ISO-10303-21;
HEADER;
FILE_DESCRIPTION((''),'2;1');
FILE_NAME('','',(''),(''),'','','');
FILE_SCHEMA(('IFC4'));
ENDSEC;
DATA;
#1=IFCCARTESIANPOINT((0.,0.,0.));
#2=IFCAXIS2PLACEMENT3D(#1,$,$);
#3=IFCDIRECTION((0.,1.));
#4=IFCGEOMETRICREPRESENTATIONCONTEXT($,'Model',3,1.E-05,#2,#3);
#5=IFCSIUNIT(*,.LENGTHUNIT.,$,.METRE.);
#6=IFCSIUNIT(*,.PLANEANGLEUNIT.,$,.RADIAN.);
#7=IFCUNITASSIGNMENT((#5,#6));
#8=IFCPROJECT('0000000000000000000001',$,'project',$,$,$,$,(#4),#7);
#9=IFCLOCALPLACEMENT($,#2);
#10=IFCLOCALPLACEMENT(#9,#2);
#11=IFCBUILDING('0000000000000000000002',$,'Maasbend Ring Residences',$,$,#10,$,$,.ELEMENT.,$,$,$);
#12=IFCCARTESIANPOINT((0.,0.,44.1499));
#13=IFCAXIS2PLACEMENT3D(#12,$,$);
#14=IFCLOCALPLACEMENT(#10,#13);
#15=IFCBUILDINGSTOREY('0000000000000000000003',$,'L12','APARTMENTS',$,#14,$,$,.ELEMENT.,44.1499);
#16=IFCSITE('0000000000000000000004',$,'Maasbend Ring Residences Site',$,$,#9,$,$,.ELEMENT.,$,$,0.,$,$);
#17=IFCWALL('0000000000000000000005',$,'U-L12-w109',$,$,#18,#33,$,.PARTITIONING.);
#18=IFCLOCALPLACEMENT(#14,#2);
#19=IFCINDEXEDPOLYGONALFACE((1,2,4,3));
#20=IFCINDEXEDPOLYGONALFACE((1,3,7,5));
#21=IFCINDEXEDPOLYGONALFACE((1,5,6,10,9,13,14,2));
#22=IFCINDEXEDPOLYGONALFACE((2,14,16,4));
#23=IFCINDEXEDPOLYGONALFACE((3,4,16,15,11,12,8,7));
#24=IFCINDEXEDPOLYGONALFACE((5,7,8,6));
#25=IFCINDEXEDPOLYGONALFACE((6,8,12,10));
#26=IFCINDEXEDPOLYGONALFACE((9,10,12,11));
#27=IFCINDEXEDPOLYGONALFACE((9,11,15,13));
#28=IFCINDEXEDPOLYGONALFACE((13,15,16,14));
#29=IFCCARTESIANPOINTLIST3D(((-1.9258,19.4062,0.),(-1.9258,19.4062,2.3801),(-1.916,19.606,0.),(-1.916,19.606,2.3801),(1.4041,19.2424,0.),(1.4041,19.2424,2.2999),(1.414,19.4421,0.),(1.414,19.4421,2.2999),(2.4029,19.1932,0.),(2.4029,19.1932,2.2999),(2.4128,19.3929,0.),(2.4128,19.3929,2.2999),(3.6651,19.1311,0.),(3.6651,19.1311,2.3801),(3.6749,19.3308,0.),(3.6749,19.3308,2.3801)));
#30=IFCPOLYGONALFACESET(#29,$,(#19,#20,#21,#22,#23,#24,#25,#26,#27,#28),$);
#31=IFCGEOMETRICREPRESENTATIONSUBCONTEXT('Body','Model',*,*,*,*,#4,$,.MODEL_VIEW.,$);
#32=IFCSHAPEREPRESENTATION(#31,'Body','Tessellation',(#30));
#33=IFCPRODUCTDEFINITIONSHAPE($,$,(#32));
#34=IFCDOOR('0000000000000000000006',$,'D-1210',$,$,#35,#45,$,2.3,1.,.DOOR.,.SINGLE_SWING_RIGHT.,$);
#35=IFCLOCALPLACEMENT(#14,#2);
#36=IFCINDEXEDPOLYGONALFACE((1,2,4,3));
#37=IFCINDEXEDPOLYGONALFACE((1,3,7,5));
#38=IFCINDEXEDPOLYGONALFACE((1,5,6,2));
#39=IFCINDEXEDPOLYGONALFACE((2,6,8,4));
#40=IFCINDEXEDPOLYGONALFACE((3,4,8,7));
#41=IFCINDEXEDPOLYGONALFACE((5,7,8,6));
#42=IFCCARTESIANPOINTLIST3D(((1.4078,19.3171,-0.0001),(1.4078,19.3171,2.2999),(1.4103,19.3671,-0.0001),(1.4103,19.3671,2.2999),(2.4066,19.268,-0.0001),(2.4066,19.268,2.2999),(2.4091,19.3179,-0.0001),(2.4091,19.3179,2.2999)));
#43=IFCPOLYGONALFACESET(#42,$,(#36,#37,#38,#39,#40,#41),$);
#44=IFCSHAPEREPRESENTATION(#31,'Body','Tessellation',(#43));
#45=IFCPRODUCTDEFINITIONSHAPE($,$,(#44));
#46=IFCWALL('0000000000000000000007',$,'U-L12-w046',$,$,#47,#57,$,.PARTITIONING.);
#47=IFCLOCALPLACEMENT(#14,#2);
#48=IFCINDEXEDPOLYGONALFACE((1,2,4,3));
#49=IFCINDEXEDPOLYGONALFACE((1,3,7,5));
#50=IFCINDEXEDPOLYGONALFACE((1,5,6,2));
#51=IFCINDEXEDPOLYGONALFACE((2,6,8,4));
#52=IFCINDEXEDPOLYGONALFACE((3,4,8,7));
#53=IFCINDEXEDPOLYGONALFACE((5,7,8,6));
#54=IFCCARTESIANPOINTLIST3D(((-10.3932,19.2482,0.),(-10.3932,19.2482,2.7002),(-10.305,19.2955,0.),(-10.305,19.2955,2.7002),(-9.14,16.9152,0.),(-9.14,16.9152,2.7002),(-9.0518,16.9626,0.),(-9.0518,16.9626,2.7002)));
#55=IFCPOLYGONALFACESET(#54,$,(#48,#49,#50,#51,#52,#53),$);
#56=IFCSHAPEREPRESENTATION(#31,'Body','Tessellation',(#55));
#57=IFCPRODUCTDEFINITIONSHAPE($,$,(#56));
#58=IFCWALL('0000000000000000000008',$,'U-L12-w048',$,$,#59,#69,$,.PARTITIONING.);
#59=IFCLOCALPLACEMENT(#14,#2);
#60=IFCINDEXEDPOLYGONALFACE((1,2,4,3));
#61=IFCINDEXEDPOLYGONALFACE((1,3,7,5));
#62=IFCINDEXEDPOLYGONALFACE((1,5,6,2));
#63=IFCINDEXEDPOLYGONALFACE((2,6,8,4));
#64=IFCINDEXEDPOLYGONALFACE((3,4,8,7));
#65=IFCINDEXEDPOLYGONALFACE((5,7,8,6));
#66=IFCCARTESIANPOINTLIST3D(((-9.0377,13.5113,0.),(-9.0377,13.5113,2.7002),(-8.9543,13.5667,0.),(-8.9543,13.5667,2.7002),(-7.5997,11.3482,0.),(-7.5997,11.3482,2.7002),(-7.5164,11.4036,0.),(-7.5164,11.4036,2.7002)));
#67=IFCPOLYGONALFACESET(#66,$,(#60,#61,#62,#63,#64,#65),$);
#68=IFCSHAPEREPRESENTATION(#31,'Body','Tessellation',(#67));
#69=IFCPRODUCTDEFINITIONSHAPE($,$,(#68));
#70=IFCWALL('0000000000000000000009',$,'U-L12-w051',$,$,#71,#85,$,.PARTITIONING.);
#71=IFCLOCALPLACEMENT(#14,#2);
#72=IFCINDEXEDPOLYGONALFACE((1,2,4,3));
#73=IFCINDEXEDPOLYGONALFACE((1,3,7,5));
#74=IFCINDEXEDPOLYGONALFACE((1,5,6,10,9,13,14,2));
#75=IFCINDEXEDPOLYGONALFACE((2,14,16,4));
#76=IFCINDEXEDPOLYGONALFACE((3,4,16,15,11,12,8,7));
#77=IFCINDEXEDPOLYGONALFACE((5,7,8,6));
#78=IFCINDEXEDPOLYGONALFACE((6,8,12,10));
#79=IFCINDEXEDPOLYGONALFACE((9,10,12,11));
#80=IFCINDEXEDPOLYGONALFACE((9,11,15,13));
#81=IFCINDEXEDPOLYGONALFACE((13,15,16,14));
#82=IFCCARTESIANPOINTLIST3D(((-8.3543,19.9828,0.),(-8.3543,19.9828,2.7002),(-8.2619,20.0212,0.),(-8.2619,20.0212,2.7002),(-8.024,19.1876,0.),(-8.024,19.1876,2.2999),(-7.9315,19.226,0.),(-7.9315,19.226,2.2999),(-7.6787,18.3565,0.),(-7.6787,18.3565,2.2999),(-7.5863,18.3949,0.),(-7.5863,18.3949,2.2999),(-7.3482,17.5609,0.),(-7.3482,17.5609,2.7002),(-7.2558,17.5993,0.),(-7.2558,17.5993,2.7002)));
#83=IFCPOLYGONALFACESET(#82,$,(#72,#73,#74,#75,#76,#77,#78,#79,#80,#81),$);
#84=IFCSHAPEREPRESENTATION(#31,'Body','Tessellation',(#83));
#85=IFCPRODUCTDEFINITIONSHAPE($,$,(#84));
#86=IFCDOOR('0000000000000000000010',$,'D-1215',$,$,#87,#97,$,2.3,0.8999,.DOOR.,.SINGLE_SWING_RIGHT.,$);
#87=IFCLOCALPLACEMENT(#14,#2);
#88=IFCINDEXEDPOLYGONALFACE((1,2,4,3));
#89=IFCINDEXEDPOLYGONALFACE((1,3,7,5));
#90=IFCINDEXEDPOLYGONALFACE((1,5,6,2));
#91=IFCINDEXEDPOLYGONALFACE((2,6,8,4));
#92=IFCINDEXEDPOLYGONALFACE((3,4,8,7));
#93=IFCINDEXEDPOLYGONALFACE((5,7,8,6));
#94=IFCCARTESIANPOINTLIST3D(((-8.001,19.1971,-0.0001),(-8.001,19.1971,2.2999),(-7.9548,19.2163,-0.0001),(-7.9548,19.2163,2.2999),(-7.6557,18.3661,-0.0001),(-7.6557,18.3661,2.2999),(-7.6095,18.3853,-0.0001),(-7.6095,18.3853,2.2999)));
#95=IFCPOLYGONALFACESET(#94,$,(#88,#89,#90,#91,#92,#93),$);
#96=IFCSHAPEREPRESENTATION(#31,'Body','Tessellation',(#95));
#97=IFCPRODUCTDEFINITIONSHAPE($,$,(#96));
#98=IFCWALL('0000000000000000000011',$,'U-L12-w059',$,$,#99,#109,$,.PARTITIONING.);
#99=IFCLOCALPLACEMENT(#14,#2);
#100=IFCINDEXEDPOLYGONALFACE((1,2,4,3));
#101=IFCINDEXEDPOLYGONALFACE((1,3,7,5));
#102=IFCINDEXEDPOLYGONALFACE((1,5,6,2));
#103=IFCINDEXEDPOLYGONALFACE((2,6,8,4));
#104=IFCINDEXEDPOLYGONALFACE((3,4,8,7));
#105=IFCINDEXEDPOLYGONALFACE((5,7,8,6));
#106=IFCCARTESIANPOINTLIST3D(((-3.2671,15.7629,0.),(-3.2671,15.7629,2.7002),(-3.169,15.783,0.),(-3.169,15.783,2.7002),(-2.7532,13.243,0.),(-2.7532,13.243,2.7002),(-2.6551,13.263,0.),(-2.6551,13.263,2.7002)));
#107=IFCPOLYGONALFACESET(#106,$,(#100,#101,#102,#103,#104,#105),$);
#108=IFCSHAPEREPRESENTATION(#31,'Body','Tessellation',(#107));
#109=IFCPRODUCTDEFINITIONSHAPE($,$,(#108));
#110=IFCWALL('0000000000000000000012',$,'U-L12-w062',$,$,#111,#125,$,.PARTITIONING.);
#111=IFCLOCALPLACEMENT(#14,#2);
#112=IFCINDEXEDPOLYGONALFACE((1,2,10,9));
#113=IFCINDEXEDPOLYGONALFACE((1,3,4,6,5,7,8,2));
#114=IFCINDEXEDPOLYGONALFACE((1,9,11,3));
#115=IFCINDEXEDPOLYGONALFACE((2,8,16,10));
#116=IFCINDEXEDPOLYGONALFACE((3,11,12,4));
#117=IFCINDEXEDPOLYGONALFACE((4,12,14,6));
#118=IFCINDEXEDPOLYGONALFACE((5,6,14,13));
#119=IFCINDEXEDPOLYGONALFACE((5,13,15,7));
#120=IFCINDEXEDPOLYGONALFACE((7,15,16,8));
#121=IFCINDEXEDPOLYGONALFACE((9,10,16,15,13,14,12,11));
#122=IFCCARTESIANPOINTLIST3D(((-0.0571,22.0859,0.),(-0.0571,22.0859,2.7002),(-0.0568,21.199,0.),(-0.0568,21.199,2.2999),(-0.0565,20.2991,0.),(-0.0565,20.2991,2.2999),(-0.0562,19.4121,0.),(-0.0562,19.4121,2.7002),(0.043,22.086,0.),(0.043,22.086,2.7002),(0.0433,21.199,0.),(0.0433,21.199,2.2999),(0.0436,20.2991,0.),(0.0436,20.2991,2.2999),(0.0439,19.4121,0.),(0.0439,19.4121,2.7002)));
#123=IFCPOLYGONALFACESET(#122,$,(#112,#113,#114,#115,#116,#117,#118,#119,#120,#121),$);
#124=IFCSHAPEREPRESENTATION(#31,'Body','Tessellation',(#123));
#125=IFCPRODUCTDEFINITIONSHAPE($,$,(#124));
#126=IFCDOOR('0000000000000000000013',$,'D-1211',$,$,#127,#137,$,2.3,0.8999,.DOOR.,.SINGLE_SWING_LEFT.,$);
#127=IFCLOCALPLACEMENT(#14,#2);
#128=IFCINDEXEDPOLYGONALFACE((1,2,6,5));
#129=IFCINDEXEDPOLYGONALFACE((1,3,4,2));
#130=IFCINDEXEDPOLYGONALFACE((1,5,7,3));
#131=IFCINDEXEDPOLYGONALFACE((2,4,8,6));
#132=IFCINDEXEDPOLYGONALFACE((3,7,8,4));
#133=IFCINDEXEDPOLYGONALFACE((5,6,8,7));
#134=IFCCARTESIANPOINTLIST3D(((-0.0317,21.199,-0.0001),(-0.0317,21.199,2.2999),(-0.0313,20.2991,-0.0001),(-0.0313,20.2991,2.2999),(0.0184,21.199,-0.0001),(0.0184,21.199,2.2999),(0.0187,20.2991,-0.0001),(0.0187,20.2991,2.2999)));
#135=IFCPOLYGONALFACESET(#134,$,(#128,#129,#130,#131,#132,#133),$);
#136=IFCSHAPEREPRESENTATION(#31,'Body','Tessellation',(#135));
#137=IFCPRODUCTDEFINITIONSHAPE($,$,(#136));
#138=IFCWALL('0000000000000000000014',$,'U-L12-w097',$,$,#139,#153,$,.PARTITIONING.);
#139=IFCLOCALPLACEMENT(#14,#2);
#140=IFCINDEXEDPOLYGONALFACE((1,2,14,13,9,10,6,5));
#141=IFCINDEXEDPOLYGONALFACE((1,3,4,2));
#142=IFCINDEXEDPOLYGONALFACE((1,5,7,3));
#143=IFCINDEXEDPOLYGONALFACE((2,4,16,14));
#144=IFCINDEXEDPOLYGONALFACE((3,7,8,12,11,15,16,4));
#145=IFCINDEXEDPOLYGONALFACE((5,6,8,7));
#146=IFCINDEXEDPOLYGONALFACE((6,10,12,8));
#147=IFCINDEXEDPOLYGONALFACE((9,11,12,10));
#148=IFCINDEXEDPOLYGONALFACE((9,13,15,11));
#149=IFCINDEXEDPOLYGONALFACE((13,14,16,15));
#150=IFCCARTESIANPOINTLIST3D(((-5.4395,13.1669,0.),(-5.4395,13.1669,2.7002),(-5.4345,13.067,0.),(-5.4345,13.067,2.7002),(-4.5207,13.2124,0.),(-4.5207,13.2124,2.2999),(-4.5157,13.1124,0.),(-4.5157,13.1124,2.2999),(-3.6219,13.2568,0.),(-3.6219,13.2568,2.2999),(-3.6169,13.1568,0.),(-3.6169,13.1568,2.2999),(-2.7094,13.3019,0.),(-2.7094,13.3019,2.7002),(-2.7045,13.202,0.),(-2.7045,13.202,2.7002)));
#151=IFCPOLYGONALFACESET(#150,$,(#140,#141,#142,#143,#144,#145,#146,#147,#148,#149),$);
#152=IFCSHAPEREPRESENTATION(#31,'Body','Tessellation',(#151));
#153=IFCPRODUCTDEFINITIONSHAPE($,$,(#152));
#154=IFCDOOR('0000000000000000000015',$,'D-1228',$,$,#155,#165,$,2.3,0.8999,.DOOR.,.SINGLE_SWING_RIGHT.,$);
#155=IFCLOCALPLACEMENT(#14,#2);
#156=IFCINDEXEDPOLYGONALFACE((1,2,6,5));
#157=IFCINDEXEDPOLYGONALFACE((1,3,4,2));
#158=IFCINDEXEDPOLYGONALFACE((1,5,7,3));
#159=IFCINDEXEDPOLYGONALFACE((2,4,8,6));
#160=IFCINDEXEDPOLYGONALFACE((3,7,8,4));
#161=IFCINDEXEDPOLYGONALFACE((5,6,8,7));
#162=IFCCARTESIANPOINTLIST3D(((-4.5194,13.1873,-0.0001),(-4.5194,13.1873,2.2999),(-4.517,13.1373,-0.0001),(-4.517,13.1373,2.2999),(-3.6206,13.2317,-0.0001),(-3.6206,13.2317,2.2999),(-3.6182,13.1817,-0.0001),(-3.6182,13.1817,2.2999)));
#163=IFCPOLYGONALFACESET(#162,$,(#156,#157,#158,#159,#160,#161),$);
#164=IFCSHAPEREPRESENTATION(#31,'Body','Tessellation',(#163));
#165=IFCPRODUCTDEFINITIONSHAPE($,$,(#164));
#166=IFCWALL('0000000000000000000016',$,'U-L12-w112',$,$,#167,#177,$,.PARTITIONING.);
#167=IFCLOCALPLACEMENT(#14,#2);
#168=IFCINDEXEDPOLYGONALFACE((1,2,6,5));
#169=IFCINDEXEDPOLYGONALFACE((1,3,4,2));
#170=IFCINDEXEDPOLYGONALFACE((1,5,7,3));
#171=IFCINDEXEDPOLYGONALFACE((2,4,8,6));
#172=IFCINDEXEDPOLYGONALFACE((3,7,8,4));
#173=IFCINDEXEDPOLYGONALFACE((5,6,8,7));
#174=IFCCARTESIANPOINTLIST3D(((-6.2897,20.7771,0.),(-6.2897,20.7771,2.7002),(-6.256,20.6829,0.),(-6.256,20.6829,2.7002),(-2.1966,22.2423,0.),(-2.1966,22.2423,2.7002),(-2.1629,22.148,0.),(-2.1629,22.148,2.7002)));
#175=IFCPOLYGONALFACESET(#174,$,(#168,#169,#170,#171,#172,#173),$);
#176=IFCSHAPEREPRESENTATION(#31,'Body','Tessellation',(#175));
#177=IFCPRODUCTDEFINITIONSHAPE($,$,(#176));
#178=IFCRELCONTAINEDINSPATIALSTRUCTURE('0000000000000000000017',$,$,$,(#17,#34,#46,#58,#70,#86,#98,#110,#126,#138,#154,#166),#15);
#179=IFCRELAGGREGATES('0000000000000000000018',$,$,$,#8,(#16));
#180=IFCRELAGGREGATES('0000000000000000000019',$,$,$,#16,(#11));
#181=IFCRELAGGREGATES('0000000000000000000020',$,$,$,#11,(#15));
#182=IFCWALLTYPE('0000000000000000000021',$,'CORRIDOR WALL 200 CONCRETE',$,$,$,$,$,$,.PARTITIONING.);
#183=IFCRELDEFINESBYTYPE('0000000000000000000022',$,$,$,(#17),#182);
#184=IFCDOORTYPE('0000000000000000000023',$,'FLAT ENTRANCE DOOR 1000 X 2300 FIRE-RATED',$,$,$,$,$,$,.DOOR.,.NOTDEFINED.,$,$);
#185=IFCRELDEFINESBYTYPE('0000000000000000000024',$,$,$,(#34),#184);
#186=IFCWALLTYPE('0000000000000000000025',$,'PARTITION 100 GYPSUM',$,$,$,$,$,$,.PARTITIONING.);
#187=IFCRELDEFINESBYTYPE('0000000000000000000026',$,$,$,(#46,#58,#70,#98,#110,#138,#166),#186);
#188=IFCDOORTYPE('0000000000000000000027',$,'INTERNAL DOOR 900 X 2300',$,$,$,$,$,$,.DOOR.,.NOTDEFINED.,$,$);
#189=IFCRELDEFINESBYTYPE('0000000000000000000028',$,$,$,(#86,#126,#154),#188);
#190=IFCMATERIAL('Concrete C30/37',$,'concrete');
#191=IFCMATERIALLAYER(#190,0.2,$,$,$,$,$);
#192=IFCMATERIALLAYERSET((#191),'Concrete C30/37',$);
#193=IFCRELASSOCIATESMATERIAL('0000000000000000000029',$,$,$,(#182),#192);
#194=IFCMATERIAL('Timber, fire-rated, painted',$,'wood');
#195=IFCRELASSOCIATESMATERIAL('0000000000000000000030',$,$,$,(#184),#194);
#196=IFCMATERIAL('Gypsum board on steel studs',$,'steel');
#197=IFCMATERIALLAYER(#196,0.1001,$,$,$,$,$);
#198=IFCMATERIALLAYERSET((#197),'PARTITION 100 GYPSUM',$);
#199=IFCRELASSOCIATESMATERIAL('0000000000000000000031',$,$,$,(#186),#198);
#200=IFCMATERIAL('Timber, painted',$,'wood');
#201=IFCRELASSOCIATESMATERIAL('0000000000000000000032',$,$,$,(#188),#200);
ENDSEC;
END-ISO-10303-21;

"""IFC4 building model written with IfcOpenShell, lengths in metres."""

from ifc_helpers import new_model, si_unit, direction, frame, frame_2d, origin, place, context, subcontext, project, spatial, rectangle, extrude, material, layer, layer_set, type_object, element, fill, save


model = new_model("IFC4")

# Units and contexts
model_context = context("Model", 3, precision=1e-05, world=origin(), true_north=direction((0.0, 1.0)))
body_context = subcontext(model_context, "Body", "Model", "MODEL_VIEW")
ifc_project = project(units=[si_unit("LENGTHUNIT", "METRE"), si_unit("PLANEANGLEUNIT", "RADIAN")], contexts=[model_context])

# Site, building, storey
site_placement = place(None, origin())
site = spatial("IfcSite", under=ifc_project, at=site_placement, Name="Maasbend Ring Residences Site", CompositionType="ELEMENT", RefElevation=0.0)
building_placement = place(site_placement, origin())
building = spatial("IfcBuilding", under=site, at=building_placement, Name="Maasbend Ring Residences", CompositionType="ELEMENT")
storey_placement = place(building_placement, frame((0.0, 0.0, 44.1499)))
storey = spatial("IfcBuildingStorey", under=building, at=storey_placement, Name="L12", Description="APARTMENTS", CompositionType="ELEMENT", Elevation=44.1499)

# Wall, opening, door
ifc_material_1 = material(Name="Concrete C30/37", Category="concrete")
ifc_layer_1 = layer(ifc_material_1, 0.2)
ifc_layer_set_1 = layer_set([ifc_layer_1], Name="Concrete C30/37")
wall_type_1 = type_object("IfcWallType", Name="CORRIDOR WALL 200 CONCRETE", PredefinedType="PARTITIONING", material=ifc_layer_set_1)
ifc_material_2 = material(Name="Timber, fire-rated, painted", Category="wood")
door_type_1 = type_object("IfcDoorType", Name="FLAT ENTRANCE DOOR 1000 X 2300 FIRE-RATED", OperationType="NOTDEFINED", PredefinedType="DOOR", material=ifc_material_2)
wall_1_placement = place(storey_placement, frame((-1.9209, 19.5061, 0.0), z_axis=(0.0, 0.0, 1.0), x_axis=(0.998791, -0.049154, 0.0)))
wall_1 = element("IfcWall", 1, at=wall_1_placement, inside=storey, type_object=wall_type_1, Name="U-L12-w109", PredefinedType="PARTITIONING", context=body_context, shape_type="SweptSolid", body=[
    extrude(rectangle(XDim=5.5977, YDim=0.2, at=frame_2d((2.7988, 0.0))), origin(), (0.0, 0.0, 1.0), 2.3801),
])
opening_1_placement = place(wall_1_placement, frame((3.334, 0.0, 0.0)))
opening_1 = element("IfcOpeningElement", 2, at=opening_1_placement, cuts=wall_1, PredefinedType="OPENING", context=body_context, shape_type="SweptSolid", body=[
    extrude(rectangle(XDim=1.0, YDim=2.3, at=frame_2d((0.5, 1.1499))), frame((0.0, 0.1099, 0.0), z_axis=(0.0, -1.0, 0.0), x_axis=(1.0, 0.0, 0.0)), (0.0, 0.0, 1.0), 0.22),
])
door_1_placement = place(opening_1_placement, origin())
door_1 = element("IfcDoor", 3, at=door_1_placement, inside=storey, type_object=door_type_1, Name="D-1210", OperationType="SINGLE_SWING_RIGHT", OverallHeight=2.3, OverallWidth=1.0, PredefinedType="DOOR", context=body_context, shape_type="SweptSolid", body=[
    extrude(rectangle(XDim=1.0, YDim=2.3, at=frame_2d((0.5, 1.1499))), frame((0.0, 0.0249, 0.0), z_axis=(0.0, -1.0, 0.0), x_axis=(1.0, 0.0, 0.0)), (0.0, 0.0, 1.0), 0.05),
])
fill(opening_1, door_1)

# Walls
ifc_material_3 = material(Name="Gypsum board on steel studs", Category="steel")
ifc_layer_2 = layer(ifc_material_3, 0.1001)
ifc_layer_set_2 = layer_set([ifc_layer_2], Name="PARTITION 100 GYPSUM")
wall_type_2 = type_object("IfcWallType", Name="PARTITION 100 GYPSUM", PredefinedType="PARTITIONING", material=ifc_layer_set_2)
wall_2_placement = place(storey_placement, frame((-10.3491, 19.272, 0.0), z_axis=(0.0, 0.0, 1.0), x_axis=(0.473203, -0.880953, 0.0)))
element("IfcWall", 4, at=wall_2_placement, inside=storey, type_object=wall_type_2, Name="U-L12-w046", PredefinedType="PARTITIONING", context=body_context, shape_type="SweptSolid", body=[
    extrude(rectangle(XDim=2.6482, YDim=0.1001, at=frame_2d((1.3242, 0.0))), origin(), (0.0, 0.0, 1.0), 2.7002),
])
wall_3_placement = place(storey_placement, frame((-8.9961, 13.5391, 0.0), z_axis=(0.0, 0.0, 1.0), x_axis=(0.553615, -0.832773, 0.0)))
element("IfcWall", 5, at=wall_3_placement, inside=storey, type_object=wall_type_2, Name="U-L12-w048", PredefinedType="PARTITIONING", context=body_context, shape_type="SweptSolid", body=[
    extrude(rectangle(XDim=2.5974, YDim=0.1001, at=frame_2d((1.2988, 0.0))), origin(), (0.0, 0.0, 1.0), 2.7002),
])

# Wall, opening, door
wall_4_placement = place(storey_placement, frame((-8.3081, 20.002, 0.0), z_axis=(0.0, 0.0, 1.0), x_axis=(0.383637, -0.923484, 0.0)))
wall_4 = element("IfcWall", 6, at=wall_4_placement, inside=storey, type_object=wall_type_2, Name="U-L12-w051", PredefinedType="PARTITIONING", context=body_context, shape_type="SweptSolid", body=[
    extrude(rectangle(XDim=2.6226, YDim=0.1001, at=frame_2d((1.3113, 0.0))), origin(), (0.0, 0.0, 1.0), 2.7002),
])
opening_2_placement = place(wall_4_placement, frame((0.8611, 0.0, 0.0)))
opening_2 = element("IfcOpeningElement", 7, at=opening_2_placement, cuts=wall_4, PredefinedType="OPENING", context=body_context, shape_type="SweptSolid", body=[
    extrude(rectangle(XDim=0.8999, YDim=2.3, at=frame_2d((0.45, 1.1499))), frame((0.0, 0.0601, 0.0), z_axis=(0.0, -1.0, 0.0), x_axis=(1.0, 0.0, 0.0)), (0.0, 0.0, 1.0), 0.1201),
])
ifc_material_4 = material(Name="Timber, painted", Category="wood")
door_type_2 = type_object("IfcDoorType", Name="INTERNAL DOOR 900 X 2300", OperationType="NOTDEFINED", PredefinedType="DOOR", material=ifc_material_4)
door_2_placement = place(opening_2_placement, origin())
door_2 = element("IfcDoor", 8, at=door_2_placement, inside=storey, type_object=door_type_2, Name="D-1215", OperationType="SINGLE_SWING_RIGHT", OverallHeight=2.3, OverallWidth=0.8999, PredefinedType="DOOR", context=body_context, shape_type="SweptSolid", body=[
    extrude(rectangle(XDim=0.8999, YDim=2.3, at=frame_2d((0.45, 1.1499))), frame((0.0, 0.0249, 0.0), z_axis=(0.0, -1.0, 0.0), x_axis=(1.0, 0.0, 0.0)), (0.0, 0.0, 1.0), 0.05),
])
fill(opening_2, door_2)

# Wall
wall_5_placement = place(storey_placement, frame((-3.218, 15.7729, 0.0), z_axis=(0.0, 0.0, 1.0), x_axis=(0.199821, -0.979833, 0.0)))
element("IfcWall", 9, at=wall_5_placement, inside=storey, type_object=wall_type_2, Name="U-L12-w059", PredefinedType="PARTITIONING", context=body_context, shape_type="SweptSolid", body=[
    extrude(rectangle(XDim=2.5718, YDim=0.1001, at=frame_2d((1.2859, 0.0))), origin(), (0.0, 0.0, 1.0), 2.7002),
])

# Walls, openings, doors
wall_6_placement = place(storey_placement, frame((-0.0061, 19.4121, 0.0), z_axis=(0.0, 0.0, 1.0), x_axis=(-0.000365, 1.0, 0.0)))
wall_6 = element("IfcWall", 10, at=wall_6_placement, inside=storey, type_object=wall_type_2, Name="U-L12-w062", PredefinedType="PARTITIONING", context=body_context, shape_type="SweptSolid", body=[
    extrude(rectangle(XDim=2.6738, YDim=0.1001, at=frame_2d((1.3369, 0.0))), origin(), (0.0, 0.0, 1.0), 2.7002),
])
opening_3_placement = place(wall_6_placement, frame((0.887, 0.0, 0.0)))
opening_3 = element("IfcOpeningElement", 11, at=opening_3_placement, cuts=wall_6, PredefinedType="OPENING", context=body_context, shape_type="SweptSolid", body=[
    extrude(rectangle(XDim=0.8999, YDim=2.3, at=frame_2d((0.45, 1.1499))), frame((0.0, 0.0601, 0.0), z_axis=(0.0, -1.0, 0.0), x_axis=(1.0, 0.0, 0.0)), (0.0, 0.0, 1.0), 0.1201),
])
door_3_placement = place(opening_3_placement, origin())
door_3 = element("IfcDoor", 12, at=door_3_placement, inside=storey, type_object=door_type_2, Name="D-1211", OperationType="SINGLE_SWING_LEFT", OverallHeight=2.3, OverallWidth=0.8999, PredefinedType="DOOR", context=body_context, shape_type="SweptSolid", body=[
    extrude(rectangle(XDim=0.8999, YDim=2.3, at=frame_2d((0.45, 1.1499))), frame((0.0, 0.0249, 0.0), z_axis=(0.0, -1.0, 0.0), x_axis=(1.0, 0.0, 0.0)), (0.0, 0.0, 1.0), 0.05),
])
fill(opening_3, door_3)
wall_7_placement = place(storey_placement, frame((-5.437, 13.1169, 0.0), z_axis=(0.0, 0.0, 1.0), x_axis=(0.998779, 0.049394, 0.0)))
wall_7 = element("IfcWall", 13, at=wall_7_placement, inside=storey, type_object=wall_type_2, Name="U-L12-w097", PredefinedType="PARTITIONING", context=body_context, shape_type="SweptSolid", body=[
    extrude(rectangle(XDim=2.7334, YDim=0.1001, at=frame_2d((1.3667, 0.0))), origin(), (0.0, 0.0, 1.0), 2.7002),
])
opening_4_placement = place(wall_7_placement, frame((0.9199, 0.0, 0.0)))
opening_4 = element("IfcOpeningElement", 14, at=opening_4_placement, cuts=wall_7, PredefinedType="OPENING", context=body_context, shape_type="SweptSolid", body=[
    extrude(rectangle(XDim=0.8999, YDim=2.3, at=frame_2d((0.45, 1.1499))), frame((0.0, 0.0601, 0.0), z_axis=(0.0, -1.0, 0.0), x_axis=(1.0, 0.0, 0.0)), (0.0, 0.0, 1.0), 0.1201),
])
door_4_placement = place(opening_4_placement, origin())
door_4 = element("IfcDoor", 15, at=door_4_placement, inside=storey, type_object=door_type_2, Name="D-1228", OperationType="SINGLE_SWING_RIGHT", OverallHeight=2.3, OverallWidth=0.8999, PredefinedType="DOOR", context=body_context, shape_type="SweptSolid", body=[
    extrude(rectangle(XDim=0.8999, YDim=2.3, at=frame_2d((0.45, 1.1499))), frame((0.0, 0.0249, 0.0), z_axis=(0.0, -1.0, 0.0), x_axis=(1.0, 0.0, 0.0)), (0.0, 0.0, 1.0), 0.05),
])
fill(opening_4, door_4)

# Wall
wall_8_placement = place(storey_placement, frame((-6.2729, 20.73, 0.0), z_axis=(0.0, 0.0, 1.0), x_axis=(0.941502, 0.337009, 0.0)))
element("IfcWall", 16, at=wall_8_placement, inside=storey, type_object=wall_type_2, Name="U-L12-w112", PredefinedType="PARTITIONING", context=body_context, shape_type="SweptSolid", body=[
    extrude(rectangle(XDim=4.3474, YDim=0.1001, at=frame_2d((2.1738, 0.0))), origin(), (0.0, 0.0, 1.0), 2.7002),
])

save(model, "model.ifc")
